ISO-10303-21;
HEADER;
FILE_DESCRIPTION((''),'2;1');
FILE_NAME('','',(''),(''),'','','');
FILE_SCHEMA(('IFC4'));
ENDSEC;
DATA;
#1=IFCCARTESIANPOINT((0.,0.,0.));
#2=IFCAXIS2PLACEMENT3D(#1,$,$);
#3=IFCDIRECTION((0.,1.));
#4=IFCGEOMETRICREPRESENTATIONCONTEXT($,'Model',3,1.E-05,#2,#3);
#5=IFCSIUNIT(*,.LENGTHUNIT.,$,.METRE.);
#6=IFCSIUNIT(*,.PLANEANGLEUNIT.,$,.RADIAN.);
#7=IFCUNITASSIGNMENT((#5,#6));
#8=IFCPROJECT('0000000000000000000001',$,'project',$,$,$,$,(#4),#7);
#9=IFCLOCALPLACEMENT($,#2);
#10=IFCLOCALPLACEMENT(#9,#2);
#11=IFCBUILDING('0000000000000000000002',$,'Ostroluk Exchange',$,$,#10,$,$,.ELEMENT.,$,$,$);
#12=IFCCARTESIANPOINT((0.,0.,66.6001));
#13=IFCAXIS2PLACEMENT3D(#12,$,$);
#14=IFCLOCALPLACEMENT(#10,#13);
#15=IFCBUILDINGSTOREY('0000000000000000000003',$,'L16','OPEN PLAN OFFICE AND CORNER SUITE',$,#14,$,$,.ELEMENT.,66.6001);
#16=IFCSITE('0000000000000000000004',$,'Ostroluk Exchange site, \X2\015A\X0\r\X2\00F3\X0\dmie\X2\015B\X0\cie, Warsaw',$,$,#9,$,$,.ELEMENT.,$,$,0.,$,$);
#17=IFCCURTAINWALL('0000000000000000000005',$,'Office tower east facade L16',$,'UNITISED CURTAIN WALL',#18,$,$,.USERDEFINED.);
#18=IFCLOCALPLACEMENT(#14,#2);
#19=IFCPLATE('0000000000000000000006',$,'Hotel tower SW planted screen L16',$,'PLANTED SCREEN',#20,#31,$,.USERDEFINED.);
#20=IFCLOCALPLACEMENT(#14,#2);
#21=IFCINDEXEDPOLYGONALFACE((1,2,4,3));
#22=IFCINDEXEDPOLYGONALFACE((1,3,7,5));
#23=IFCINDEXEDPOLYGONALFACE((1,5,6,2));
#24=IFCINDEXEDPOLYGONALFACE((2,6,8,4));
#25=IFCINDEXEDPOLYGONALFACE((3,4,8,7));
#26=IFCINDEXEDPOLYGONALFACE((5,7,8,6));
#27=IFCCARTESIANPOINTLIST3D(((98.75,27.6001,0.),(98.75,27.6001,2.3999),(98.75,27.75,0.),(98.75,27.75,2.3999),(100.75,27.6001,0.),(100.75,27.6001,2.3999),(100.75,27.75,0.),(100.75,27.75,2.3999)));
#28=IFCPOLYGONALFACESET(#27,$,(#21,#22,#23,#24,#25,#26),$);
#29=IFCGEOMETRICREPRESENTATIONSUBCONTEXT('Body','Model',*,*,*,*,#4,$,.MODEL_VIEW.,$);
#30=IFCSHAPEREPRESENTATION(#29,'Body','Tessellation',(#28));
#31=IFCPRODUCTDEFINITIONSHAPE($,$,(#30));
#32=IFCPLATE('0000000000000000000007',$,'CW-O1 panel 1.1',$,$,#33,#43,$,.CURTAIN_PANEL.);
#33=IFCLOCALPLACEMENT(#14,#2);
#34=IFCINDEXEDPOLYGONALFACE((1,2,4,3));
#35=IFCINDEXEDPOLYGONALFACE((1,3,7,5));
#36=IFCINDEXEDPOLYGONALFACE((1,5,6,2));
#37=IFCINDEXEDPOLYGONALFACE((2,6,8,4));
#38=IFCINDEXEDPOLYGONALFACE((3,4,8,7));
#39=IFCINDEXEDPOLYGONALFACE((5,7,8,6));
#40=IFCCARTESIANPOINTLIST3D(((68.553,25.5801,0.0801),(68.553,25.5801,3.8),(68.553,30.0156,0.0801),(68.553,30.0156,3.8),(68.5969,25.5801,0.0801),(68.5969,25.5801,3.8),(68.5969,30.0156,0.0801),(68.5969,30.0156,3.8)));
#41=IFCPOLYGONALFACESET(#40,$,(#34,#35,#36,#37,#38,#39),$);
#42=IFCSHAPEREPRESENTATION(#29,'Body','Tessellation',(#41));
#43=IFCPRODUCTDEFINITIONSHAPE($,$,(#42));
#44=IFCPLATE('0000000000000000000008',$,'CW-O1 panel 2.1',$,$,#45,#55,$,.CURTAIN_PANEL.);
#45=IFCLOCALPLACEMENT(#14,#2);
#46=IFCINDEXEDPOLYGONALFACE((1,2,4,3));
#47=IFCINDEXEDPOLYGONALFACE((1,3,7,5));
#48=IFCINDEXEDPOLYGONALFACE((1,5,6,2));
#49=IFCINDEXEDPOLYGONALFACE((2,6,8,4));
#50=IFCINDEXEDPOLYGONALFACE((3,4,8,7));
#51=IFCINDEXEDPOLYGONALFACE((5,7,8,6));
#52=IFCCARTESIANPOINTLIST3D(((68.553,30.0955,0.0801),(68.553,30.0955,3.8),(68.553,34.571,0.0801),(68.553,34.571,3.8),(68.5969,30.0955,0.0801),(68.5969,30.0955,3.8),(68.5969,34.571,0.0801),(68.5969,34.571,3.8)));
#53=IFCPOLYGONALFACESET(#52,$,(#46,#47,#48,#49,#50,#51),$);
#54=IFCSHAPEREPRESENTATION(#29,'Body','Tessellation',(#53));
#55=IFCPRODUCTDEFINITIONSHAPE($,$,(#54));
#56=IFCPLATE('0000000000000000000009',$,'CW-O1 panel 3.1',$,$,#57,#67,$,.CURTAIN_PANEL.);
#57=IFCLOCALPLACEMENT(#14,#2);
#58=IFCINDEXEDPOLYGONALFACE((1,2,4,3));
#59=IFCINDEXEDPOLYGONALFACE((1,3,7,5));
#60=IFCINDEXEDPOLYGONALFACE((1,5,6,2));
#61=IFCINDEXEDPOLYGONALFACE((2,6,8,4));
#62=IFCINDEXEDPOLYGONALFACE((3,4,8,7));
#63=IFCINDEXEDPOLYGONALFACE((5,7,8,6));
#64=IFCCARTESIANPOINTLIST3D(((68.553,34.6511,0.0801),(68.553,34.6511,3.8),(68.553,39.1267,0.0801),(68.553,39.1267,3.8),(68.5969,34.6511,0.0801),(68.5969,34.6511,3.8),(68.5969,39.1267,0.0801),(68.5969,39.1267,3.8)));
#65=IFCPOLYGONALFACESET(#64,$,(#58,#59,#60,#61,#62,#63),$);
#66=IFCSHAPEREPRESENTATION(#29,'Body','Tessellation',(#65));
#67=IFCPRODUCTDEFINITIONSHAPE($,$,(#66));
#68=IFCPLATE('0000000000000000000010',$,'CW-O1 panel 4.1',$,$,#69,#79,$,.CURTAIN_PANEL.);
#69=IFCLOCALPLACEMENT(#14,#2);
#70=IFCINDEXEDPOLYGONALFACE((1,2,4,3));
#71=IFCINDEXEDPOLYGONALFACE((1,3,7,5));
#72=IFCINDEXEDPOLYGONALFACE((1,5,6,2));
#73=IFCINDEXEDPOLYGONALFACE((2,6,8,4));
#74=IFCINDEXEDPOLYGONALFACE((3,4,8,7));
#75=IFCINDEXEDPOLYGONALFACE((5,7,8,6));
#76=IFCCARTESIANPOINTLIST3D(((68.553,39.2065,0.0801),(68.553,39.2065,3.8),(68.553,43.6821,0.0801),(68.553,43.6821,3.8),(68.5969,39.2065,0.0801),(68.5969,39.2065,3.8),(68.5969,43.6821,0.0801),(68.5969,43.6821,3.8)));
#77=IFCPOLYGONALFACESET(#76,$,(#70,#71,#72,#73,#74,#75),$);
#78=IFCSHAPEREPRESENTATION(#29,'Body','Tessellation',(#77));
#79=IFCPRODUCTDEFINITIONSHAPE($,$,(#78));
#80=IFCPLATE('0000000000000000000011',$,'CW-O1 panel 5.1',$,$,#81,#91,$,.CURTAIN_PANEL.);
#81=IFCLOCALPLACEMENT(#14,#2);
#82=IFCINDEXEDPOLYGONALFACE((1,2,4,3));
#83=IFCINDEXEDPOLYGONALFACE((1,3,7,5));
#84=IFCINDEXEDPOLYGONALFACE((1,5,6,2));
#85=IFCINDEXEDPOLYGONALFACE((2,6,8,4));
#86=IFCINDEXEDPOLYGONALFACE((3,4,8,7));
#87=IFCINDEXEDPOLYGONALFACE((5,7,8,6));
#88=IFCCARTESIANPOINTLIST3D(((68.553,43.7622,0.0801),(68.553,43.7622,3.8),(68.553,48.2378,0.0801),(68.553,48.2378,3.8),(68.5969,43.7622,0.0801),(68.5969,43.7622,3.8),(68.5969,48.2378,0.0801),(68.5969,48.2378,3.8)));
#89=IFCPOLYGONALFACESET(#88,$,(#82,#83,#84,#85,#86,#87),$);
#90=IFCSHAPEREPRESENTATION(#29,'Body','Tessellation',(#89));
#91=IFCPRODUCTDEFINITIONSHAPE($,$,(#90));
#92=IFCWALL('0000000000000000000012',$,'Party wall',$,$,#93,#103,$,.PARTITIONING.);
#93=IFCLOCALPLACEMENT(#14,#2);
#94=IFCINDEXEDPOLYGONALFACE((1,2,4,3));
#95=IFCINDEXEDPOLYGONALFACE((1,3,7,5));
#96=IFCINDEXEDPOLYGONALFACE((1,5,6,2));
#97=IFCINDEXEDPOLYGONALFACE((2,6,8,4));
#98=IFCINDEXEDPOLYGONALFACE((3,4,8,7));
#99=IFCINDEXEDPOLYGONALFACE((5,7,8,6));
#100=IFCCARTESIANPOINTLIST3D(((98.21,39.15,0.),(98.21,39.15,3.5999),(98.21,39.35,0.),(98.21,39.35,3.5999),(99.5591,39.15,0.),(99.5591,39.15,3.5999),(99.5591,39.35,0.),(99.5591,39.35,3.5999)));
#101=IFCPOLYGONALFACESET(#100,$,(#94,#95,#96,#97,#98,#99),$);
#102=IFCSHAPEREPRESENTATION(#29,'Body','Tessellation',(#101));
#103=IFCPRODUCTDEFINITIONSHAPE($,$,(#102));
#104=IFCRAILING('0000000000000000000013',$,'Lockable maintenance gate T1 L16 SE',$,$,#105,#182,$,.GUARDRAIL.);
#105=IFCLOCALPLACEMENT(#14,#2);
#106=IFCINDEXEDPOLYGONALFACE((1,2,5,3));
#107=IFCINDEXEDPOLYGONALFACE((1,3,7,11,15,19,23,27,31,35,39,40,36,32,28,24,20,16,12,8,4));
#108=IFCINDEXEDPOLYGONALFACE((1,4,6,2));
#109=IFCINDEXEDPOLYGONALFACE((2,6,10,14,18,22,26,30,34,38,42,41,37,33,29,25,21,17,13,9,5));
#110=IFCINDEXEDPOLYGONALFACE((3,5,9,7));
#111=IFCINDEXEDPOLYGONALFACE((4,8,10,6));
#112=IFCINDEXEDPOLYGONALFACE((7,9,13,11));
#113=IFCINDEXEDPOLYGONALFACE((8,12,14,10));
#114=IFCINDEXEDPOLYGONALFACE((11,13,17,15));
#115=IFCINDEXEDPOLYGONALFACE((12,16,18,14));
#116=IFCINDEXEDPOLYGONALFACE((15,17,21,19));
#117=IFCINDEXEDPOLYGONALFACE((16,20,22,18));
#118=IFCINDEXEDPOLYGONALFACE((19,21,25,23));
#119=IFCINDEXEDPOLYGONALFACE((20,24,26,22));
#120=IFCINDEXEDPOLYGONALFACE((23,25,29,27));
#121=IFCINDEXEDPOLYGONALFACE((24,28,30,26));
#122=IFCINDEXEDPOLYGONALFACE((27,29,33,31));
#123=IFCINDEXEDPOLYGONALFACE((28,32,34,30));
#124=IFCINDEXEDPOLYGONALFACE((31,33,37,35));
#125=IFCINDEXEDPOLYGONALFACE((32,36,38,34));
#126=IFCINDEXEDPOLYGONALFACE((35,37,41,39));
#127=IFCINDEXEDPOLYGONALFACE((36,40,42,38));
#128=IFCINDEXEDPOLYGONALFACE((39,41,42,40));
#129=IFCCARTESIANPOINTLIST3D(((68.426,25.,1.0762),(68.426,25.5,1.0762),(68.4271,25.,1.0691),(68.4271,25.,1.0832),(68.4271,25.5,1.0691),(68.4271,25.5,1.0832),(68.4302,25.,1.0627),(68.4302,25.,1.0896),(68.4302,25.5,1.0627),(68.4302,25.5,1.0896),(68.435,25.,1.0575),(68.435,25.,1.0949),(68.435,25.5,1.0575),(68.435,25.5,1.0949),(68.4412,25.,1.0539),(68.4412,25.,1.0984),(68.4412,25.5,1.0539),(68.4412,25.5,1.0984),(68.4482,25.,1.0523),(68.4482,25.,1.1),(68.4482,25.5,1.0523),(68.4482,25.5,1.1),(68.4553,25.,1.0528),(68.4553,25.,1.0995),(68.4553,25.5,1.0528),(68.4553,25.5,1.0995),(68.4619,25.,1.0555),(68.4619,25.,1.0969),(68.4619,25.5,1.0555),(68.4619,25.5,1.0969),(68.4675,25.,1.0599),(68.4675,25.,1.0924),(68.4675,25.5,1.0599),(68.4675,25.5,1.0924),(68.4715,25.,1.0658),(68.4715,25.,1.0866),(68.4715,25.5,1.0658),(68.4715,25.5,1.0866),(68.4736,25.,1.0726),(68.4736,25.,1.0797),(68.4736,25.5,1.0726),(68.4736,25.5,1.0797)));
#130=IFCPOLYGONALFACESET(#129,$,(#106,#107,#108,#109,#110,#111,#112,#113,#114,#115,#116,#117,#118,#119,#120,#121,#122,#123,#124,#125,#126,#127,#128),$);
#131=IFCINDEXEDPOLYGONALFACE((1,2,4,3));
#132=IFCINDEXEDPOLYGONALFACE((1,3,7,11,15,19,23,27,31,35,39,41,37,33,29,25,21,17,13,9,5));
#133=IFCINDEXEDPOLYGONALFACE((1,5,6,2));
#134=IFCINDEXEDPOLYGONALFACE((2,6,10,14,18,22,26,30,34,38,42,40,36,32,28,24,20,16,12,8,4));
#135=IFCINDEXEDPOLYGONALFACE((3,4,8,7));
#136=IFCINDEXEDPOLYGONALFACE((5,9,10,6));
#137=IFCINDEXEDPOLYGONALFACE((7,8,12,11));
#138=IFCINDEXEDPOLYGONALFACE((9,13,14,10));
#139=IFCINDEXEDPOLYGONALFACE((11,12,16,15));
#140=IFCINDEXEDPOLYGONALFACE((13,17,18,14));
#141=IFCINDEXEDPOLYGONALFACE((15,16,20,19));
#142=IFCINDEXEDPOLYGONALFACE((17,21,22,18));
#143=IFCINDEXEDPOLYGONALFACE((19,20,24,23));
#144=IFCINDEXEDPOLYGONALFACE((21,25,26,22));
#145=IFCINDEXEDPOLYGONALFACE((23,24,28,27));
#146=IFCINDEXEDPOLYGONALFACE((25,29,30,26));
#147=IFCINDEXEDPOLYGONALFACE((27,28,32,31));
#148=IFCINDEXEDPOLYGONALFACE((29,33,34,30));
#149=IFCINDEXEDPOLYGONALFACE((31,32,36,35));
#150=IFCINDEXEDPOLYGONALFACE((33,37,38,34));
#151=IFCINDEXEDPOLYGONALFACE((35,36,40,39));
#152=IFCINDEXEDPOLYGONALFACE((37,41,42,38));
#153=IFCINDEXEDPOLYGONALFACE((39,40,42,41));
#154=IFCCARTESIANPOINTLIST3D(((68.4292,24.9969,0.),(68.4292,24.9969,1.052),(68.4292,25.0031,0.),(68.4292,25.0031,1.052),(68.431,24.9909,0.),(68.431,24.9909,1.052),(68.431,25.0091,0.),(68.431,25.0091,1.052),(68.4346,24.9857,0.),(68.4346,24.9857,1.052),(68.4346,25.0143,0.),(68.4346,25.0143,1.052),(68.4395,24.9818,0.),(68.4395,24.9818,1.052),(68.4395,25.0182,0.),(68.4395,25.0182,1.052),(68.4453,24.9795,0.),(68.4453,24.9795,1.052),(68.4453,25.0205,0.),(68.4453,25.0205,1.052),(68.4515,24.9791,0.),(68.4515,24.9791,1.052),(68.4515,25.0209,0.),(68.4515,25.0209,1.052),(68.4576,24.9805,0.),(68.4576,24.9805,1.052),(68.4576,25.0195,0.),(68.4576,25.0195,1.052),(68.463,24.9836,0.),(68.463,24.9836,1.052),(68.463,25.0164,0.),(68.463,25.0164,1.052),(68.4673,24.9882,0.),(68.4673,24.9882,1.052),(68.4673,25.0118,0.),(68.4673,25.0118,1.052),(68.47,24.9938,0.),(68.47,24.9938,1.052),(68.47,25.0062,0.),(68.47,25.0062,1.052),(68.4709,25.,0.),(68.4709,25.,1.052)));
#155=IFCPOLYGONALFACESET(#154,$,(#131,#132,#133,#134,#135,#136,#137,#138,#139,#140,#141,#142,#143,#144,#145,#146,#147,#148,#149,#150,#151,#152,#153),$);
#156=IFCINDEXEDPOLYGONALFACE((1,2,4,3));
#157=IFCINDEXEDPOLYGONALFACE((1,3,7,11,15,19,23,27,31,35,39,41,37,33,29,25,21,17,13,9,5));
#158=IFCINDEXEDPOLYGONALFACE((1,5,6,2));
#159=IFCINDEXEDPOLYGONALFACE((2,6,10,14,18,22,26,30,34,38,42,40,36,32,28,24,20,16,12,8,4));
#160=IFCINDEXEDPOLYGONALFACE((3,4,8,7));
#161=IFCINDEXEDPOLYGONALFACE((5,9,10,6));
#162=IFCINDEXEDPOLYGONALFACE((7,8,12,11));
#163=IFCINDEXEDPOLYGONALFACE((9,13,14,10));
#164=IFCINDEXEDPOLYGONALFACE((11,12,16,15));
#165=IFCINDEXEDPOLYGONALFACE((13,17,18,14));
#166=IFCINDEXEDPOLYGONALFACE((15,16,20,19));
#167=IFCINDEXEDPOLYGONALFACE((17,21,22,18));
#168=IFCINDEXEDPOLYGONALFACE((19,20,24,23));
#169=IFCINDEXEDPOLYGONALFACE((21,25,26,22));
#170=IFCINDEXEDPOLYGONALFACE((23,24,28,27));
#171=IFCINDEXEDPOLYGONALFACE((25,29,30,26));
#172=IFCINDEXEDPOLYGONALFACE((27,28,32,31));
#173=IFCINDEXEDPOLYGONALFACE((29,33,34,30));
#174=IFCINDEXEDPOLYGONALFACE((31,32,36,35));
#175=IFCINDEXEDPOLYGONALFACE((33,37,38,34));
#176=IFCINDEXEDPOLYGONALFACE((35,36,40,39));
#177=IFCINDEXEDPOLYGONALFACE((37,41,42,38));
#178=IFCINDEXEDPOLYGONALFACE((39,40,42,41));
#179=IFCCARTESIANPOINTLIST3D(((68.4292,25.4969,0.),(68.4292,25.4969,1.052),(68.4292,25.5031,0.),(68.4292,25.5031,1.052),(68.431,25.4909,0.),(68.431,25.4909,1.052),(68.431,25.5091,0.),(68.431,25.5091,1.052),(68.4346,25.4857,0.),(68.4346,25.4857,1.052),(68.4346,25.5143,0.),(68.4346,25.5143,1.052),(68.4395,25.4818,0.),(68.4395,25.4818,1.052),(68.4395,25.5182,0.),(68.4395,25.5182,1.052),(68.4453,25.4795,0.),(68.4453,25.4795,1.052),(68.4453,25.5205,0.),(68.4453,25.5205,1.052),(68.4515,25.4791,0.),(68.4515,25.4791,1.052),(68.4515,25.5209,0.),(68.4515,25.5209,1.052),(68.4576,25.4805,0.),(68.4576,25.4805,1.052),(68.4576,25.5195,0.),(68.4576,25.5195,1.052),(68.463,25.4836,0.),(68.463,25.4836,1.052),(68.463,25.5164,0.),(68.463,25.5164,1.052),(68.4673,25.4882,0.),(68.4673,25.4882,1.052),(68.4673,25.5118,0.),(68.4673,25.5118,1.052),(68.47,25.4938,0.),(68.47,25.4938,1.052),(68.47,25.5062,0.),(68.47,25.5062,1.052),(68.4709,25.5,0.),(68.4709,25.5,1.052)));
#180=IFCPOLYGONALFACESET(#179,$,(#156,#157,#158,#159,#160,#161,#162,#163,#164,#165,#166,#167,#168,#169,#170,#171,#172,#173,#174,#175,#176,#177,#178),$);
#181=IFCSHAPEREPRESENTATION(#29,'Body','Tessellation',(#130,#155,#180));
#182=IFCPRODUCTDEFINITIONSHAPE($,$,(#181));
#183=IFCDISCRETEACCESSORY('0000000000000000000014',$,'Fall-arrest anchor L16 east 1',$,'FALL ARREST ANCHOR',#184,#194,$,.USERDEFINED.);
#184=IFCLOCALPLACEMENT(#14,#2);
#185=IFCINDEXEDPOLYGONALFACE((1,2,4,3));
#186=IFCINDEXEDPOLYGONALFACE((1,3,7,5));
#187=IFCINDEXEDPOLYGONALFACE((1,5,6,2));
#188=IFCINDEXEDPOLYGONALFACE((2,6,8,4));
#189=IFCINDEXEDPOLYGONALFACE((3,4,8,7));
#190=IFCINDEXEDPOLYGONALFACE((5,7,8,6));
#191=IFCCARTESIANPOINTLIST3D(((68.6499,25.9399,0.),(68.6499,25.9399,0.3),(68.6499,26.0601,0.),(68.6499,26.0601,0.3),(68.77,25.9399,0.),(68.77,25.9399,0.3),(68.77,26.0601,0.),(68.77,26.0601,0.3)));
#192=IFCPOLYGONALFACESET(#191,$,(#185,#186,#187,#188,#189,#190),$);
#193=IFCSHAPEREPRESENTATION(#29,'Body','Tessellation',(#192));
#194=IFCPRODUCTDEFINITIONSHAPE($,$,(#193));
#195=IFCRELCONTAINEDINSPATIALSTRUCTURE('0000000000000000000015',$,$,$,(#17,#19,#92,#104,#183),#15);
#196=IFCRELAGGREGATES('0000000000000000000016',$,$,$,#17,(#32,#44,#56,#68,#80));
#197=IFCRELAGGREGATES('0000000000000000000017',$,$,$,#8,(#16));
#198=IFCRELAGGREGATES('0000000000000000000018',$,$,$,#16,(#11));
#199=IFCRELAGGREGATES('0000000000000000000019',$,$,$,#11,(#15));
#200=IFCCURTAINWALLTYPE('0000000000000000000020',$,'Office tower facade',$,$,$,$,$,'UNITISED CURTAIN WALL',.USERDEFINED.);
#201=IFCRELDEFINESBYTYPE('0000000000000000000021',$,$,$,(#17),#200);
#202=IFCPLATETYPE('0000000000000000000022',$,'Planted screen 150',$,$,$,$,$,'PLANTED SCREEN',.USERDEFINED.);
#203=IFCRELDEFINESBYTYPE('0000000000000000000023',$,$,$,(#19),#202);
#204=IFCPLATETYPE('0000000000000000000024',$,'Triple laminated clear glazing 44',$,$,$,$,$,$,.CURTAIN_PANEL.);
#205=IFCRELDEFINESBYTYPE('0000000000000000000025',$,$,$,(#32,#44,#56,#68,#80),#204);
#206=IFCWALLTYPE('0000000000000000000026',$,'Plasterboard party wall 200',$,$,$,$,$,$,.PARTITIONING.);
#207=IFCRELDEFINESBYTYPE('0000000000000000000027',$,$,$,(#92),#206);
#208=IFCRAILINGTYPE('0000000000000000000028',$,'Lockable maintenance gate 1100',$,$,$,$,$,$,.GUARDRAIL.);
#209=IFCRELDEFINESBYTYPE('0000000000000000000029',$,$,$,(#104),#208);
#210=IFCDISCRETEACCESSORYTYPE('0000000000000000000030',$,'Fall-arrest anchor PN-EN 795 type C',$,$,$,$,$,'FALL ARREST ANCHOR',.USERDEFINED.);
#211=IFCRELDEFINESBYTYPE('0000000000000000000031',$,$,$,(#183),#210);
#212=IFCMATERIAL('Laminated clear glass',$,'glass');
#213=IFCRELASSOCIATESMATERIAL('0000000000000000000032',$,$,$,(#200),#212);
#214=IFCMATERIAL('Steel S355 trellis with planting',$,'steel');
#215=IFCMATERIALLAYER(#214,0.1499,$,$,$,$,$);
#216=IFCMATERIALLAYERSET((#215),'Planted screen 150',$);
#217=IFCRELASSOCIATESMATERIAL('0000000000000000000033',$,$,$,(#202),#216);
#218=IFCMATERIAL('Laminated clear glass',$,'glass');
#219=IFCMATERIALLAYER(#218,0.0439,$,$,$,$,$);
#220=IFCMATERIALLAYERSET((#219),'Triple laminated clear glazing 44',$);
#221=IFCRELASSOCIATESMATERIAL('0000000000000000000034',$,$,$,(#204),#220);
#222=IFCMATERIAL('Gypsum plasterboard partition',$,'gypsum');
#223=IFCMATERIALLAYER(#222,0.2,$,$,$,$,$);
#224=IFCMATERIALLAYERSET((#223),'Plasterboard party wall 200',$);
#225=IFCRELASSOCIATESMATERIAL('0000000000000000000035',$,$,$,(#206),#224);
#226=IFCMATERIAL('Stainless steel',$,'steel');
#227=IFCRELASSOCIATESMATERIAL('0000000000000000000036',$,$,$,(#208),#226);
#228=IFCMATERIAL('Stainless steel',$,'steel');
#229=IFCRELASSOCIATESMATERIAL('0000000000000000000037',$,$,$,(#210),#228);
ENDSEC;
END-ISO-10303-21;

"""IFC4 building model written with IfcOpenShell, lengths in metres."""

from ifc_helpers import new_model, si_unit, direction, frame, frame_2d, origin, origin_2d, place, context, subcontext, project, spatial, rectangle, circle, extrude, material, layer, layer_set, type_object, element, aggregate, save


model = new_model("IFC4")

# Units and contexts
model_context = context("Model", 3, precision=1e-05, world=origin(), true_north=direction((0.0, 1.0)))
body_context = subcontext(model_context, "Body", "Model", "MODEL_VIEW")
ifc_project = project(units=[si_unit("LENGTHUNIT", "METRE"), si_unit("PLANEANGLEUNIT", "RADIAN")], contexts=[model_context])

# Site, building, storey
site_placement = place(None, origin())
site = spatial("IfcSite", under=ifc_project, at=site_placement, Name="Ostroluk Exchange site, Śródmieście, Warsaw", CompositionType="ELEMENT", RefElevation=0.0)
building_placement = place(site_placement, origin())
building = spatial("IfcBuilding", under=site, at=building_placement, Name="Ostroluk Exchange", CompositionType="ELEMENT")
storey_placement = place(building_placement, frame((0.0, 0.0, 66.6001)))
storey = spatial("IfcBuildingStorey", under=building, at=storey_placement, Name="L16", Description="OPEN PLAN OFFICE AND CORNER SUITE", CompositionType="ELEMENT", Elevation=66.6001)

# Curtain wall
ifc_material_1 = material(Name="Laminated clear glass", Category="glass")
curtain_wall_type_1 = type_object("IfcCurtainWallType", Name="Office tower facade", ElementType="UNITISED CURTAIN WALL", PredefinedType="USERDEFINED", material=ifc_material_1)
curtain_wall_1_placement = place(storey_placement, origin())
curtain_wall_1 = element("IfcCurtainWall", 1, at=curtain_wall_1_placement, inside=storey, type_object=curtain_wall_type_1, Name="Office tower east facade L16", ObjectType="UNITISED CURTAIN WALL", PredefinedType="USERDEFINED")

# Plates
ifc_material_2 = material(Name="Steel S355 trellis with planting", Category="steel")
ifc_layer_1 = layer(ifc_material_2, 0.1499)
ifc_layer_set_1 = layer_set([ifc_layer_1], Name="Planted screen 150")
plate_type_1 = type_object("IfcPlateType", Name="Planted screen 150", ElementType="PLANTED SCREEN", PredefinedType="USERDEFINED", material=ifc_layer_set_1)
plate_1_placement = place(storey_placement, frame((99.75, 27.675, 0.0), z_axis=(0.0, 0.0, 1.0), x_axis=(1.0, 0.0, 0.0)))
element("IfcPlate", 2, at=plate_1_placement, inside=storey, type_object=plate_type_1, Name="Hotel tower SW planted screen L16", ObjectType="PLANTED SCREEN", PredefinedType="USERDEFINED", context=body_context, shape_type="SweptSolid", body=[
    extrude(rectangle(XDim=2.0, YDim=0.1499, at=origin_2d()), origin(), (0.0, 0.0, 1.0), 2.3999),
])
ifc_material_3 = material(Name="Laminated clear glass", Category="glass")
ifc_layer_2 = layer(ifc_material_3, 0.0439)
ifc_layer_set_2 = layer_set([ifc_layer_2], Name="Triple laminated clear glazing 44")
plate_type_2 = type_object("IfcPlateType", Name="Triple laminated clear glazing 44", PredefinedType="CURTAIN_PANEL", material=ifc_layer_set_2)
plate_2_placement = place(storey_placement, frame((68.575, 27.7979, 0.0801), z_axis=(0.0, 0.0, 1.0), x_axis=(0.0, 1.0, 0.0)))
plate_2 = element("IfcPlate", 3, at=plate_2_placement, type_object=plate_type_2, Name="CW-O1 panel 1.1", PredefinedType="CURTAIN_PANEL", context=body_context, shape_type="SweptSolid", body=[
    extrude(rectangle(XDim=4.4355, YDim=0.0439, at=origin_2d()), origin(), (0.0, 0.0, 1.0), 3.72),
])
plate_3_placement = place(storey_placement, frame((68.575, 32.3333, 0.0801), z_axis=(0.0, 0.0, 1.0), x_axis=(0.0, 1.0, 0.0)))
plate_3 = element("IfcPlate", 4, at=plate_3_placement, type_object=plate_type_2, Name="CW-O1 panel 2.1", PredefinedType="CURTAIN_PANEL", context=body_context, shape_type="SweptSolid", body=[
    extrude(rectangle(XDim=4.4756, YDim=0.0439, at=origin_2d()), origin(), (0.0, 0.0, 1.0), 3.72),
])
plate_4_placement = place(storey_placement, frame((68.575, 36.8889, 0.0801), z_axis=(0.0, 0.0, 1.0), x_axis=(0.0, 1.0, 0.0)))
plate_4 = element("IfcPlate", 5, at=plate_4_placement, type_object=plate_type_2, Name="CW-O1 panel 3.1", PredefinedType="CURTAIN_PANEL", context=body_context, shape_type="SweptSolid", body=[
    extrude(rectangle(XDim=4.4756, YDim=0.0439, at=origin_2d()), origin(), (0.0, 0.0, 1.0), 3.72),
])
plate_5_placement = place(storey_placement, frame((68.575, 41.4443, 0.0801), z_axis=(0.0, 0.0, 1.0), x_axis=(0.0, 1.0, 0.0)))
plate_5 = element("IfcPlate", 6, at=plate_5_placement, type_object=plate_type_2, Name="CW-O1 panel 4.1", PredefinedType="CURTAIN_PANEL", context=body_context, shape_type="SweptSolid", body=[
    extrude(rectangle(XDim=4.4756, YDim=0.0439, at=origin_2d()), origin(), (0.0, 0.0, 1.0), 3.72),
])
plate_6_placement = place(storey_placement, frame((68.575, 46.0, 0.0801), z_axis=(0.0, 0.0, 1.0), x_axis=(0.0, 1.0, 0.0)))
plate_6 = element("IfcPlate", 7, at=plate_6_placement, type_object=plate_type_2, Name="CW-O1 panel 5.1", PredefinedType="CURTAIN_PANEL", context=body_context, shape_type="SweptSolid", body=[
    extrude(rectangle(XDim=4.4756, YDim=0.0439, at=origin_2d()), origin(), (0.0, 0.0, 1.0), 3.72),
])
aggregate(curtain_wall_1, [plate_2, plate_3, plate_4, plate_5, plate_6])

# Wall
ifc_material_4 = material(Name="Gypsum plasterboard partition", Category="gypsum")
ifc_layer_3 = layer(ifc_material_4, 0.2)
ifc_layer_set_3 = layer_set([ifc_layer_3], Name="Plasterboard party wall 200")
wall_type = type_object("IfcWallType", Name="Plasterboard party wall 200", PredefinedType="PARTITIONING", material=ifc_layer_set_3)
wall_placement = place(storey_placement, frame((99.5591, 39.25, 0.0), z_axis=(0.0, 0.0, 1.0), x_axis=(-1.0, 0.0, 0.0)))
element("IfcWall", 8, at=wall_placement, inside=storey, type_object=wall_type, Name="Party wall", PredefinedType="PARTITIONING", context=body_context, shape_type="SweptSolid", body=[
    extrude(rectangle(XDim=1.3491, YDim=0.2, at=frame_2d((0.6746, 0.0))), origin(), (0.0, 0.0, 1.0), 3.5999),
])

# Railing
ifc_material_5 = material(Name="Stainless steel", Category="steel")
railing_type = type_object("IfcRailingType", Name="Lockable maintenance gate 1100", PredefinedType="GUARDRAIL", material=ifc_material_5)
railing_placement = place(storey_placement, frame((68.45, 25.0, 0.0)))
element("IfcRailing", 9, at=railing_placement, inside=storey, type_object=railing_type, Name="Lockable maintenance gate T1 L16 SE", PredefinedType="GUARDRAIL", context=body_context, shape_type="SweptSolid", body=[
    extrude(circle(Radius=0.0239, at=origin_2d()), frame((0.0, 0.0, 1.0762), z_axis=(0.0, 1.0, 0.0), x_axis=(-1.0, 0.0, 0.0)), (0.0, 0.0, 1.0), 0.5),
    extrude(circle(Radius=0.021, at=origin_2d()), origin(), (0.0, 0.0, 1.0), 1.052),
    extrude(circle(Radius=0.021, at=origin_2d()), frame((0.0, 0.5, 0.0)), (0.0, 0.0, 1.0), 1.052),
])

# Discrete accessory
ifc_material_6 = material(Name="Stainless steel", Category="steel")
discrete_accessory_type = type_object("IfcDiscreteAccessoryType", Name="Fall-arrest anchor PN-EN 795 type C", ElementType="FALL ARREST ANCHOR", PredefinedType="USERDEFINED", material=ifc_material_6)
for number, where, z_axis, x_axis, name in (
    (10, (68.71, 26.0, 0.0), (0.0, 0.0, 1.0), (1.0, 0.0, 0.0), "Fall-arrest anchor L16 east 1"),
):
    element("IfcDiscreteAccessory", number, at=place(storey_placement, frame(where, z_axis=z_axis, x_axis=x_axis)), inside=storey, type_object=discrete_accessory_type, Name=name, ObjectType="FALL ARREST ANCHOR", PredefinedType="USERDEFINED", context=body_context, shape_type="SweptSolid", body=[
        extrude(rectangle(XDim=0.1201, YDim=0.1201, at=origin_2d()), origin(), (0.0, 0.0, 1.0), 0.3),
    ])

save(model, "model.ifc")
